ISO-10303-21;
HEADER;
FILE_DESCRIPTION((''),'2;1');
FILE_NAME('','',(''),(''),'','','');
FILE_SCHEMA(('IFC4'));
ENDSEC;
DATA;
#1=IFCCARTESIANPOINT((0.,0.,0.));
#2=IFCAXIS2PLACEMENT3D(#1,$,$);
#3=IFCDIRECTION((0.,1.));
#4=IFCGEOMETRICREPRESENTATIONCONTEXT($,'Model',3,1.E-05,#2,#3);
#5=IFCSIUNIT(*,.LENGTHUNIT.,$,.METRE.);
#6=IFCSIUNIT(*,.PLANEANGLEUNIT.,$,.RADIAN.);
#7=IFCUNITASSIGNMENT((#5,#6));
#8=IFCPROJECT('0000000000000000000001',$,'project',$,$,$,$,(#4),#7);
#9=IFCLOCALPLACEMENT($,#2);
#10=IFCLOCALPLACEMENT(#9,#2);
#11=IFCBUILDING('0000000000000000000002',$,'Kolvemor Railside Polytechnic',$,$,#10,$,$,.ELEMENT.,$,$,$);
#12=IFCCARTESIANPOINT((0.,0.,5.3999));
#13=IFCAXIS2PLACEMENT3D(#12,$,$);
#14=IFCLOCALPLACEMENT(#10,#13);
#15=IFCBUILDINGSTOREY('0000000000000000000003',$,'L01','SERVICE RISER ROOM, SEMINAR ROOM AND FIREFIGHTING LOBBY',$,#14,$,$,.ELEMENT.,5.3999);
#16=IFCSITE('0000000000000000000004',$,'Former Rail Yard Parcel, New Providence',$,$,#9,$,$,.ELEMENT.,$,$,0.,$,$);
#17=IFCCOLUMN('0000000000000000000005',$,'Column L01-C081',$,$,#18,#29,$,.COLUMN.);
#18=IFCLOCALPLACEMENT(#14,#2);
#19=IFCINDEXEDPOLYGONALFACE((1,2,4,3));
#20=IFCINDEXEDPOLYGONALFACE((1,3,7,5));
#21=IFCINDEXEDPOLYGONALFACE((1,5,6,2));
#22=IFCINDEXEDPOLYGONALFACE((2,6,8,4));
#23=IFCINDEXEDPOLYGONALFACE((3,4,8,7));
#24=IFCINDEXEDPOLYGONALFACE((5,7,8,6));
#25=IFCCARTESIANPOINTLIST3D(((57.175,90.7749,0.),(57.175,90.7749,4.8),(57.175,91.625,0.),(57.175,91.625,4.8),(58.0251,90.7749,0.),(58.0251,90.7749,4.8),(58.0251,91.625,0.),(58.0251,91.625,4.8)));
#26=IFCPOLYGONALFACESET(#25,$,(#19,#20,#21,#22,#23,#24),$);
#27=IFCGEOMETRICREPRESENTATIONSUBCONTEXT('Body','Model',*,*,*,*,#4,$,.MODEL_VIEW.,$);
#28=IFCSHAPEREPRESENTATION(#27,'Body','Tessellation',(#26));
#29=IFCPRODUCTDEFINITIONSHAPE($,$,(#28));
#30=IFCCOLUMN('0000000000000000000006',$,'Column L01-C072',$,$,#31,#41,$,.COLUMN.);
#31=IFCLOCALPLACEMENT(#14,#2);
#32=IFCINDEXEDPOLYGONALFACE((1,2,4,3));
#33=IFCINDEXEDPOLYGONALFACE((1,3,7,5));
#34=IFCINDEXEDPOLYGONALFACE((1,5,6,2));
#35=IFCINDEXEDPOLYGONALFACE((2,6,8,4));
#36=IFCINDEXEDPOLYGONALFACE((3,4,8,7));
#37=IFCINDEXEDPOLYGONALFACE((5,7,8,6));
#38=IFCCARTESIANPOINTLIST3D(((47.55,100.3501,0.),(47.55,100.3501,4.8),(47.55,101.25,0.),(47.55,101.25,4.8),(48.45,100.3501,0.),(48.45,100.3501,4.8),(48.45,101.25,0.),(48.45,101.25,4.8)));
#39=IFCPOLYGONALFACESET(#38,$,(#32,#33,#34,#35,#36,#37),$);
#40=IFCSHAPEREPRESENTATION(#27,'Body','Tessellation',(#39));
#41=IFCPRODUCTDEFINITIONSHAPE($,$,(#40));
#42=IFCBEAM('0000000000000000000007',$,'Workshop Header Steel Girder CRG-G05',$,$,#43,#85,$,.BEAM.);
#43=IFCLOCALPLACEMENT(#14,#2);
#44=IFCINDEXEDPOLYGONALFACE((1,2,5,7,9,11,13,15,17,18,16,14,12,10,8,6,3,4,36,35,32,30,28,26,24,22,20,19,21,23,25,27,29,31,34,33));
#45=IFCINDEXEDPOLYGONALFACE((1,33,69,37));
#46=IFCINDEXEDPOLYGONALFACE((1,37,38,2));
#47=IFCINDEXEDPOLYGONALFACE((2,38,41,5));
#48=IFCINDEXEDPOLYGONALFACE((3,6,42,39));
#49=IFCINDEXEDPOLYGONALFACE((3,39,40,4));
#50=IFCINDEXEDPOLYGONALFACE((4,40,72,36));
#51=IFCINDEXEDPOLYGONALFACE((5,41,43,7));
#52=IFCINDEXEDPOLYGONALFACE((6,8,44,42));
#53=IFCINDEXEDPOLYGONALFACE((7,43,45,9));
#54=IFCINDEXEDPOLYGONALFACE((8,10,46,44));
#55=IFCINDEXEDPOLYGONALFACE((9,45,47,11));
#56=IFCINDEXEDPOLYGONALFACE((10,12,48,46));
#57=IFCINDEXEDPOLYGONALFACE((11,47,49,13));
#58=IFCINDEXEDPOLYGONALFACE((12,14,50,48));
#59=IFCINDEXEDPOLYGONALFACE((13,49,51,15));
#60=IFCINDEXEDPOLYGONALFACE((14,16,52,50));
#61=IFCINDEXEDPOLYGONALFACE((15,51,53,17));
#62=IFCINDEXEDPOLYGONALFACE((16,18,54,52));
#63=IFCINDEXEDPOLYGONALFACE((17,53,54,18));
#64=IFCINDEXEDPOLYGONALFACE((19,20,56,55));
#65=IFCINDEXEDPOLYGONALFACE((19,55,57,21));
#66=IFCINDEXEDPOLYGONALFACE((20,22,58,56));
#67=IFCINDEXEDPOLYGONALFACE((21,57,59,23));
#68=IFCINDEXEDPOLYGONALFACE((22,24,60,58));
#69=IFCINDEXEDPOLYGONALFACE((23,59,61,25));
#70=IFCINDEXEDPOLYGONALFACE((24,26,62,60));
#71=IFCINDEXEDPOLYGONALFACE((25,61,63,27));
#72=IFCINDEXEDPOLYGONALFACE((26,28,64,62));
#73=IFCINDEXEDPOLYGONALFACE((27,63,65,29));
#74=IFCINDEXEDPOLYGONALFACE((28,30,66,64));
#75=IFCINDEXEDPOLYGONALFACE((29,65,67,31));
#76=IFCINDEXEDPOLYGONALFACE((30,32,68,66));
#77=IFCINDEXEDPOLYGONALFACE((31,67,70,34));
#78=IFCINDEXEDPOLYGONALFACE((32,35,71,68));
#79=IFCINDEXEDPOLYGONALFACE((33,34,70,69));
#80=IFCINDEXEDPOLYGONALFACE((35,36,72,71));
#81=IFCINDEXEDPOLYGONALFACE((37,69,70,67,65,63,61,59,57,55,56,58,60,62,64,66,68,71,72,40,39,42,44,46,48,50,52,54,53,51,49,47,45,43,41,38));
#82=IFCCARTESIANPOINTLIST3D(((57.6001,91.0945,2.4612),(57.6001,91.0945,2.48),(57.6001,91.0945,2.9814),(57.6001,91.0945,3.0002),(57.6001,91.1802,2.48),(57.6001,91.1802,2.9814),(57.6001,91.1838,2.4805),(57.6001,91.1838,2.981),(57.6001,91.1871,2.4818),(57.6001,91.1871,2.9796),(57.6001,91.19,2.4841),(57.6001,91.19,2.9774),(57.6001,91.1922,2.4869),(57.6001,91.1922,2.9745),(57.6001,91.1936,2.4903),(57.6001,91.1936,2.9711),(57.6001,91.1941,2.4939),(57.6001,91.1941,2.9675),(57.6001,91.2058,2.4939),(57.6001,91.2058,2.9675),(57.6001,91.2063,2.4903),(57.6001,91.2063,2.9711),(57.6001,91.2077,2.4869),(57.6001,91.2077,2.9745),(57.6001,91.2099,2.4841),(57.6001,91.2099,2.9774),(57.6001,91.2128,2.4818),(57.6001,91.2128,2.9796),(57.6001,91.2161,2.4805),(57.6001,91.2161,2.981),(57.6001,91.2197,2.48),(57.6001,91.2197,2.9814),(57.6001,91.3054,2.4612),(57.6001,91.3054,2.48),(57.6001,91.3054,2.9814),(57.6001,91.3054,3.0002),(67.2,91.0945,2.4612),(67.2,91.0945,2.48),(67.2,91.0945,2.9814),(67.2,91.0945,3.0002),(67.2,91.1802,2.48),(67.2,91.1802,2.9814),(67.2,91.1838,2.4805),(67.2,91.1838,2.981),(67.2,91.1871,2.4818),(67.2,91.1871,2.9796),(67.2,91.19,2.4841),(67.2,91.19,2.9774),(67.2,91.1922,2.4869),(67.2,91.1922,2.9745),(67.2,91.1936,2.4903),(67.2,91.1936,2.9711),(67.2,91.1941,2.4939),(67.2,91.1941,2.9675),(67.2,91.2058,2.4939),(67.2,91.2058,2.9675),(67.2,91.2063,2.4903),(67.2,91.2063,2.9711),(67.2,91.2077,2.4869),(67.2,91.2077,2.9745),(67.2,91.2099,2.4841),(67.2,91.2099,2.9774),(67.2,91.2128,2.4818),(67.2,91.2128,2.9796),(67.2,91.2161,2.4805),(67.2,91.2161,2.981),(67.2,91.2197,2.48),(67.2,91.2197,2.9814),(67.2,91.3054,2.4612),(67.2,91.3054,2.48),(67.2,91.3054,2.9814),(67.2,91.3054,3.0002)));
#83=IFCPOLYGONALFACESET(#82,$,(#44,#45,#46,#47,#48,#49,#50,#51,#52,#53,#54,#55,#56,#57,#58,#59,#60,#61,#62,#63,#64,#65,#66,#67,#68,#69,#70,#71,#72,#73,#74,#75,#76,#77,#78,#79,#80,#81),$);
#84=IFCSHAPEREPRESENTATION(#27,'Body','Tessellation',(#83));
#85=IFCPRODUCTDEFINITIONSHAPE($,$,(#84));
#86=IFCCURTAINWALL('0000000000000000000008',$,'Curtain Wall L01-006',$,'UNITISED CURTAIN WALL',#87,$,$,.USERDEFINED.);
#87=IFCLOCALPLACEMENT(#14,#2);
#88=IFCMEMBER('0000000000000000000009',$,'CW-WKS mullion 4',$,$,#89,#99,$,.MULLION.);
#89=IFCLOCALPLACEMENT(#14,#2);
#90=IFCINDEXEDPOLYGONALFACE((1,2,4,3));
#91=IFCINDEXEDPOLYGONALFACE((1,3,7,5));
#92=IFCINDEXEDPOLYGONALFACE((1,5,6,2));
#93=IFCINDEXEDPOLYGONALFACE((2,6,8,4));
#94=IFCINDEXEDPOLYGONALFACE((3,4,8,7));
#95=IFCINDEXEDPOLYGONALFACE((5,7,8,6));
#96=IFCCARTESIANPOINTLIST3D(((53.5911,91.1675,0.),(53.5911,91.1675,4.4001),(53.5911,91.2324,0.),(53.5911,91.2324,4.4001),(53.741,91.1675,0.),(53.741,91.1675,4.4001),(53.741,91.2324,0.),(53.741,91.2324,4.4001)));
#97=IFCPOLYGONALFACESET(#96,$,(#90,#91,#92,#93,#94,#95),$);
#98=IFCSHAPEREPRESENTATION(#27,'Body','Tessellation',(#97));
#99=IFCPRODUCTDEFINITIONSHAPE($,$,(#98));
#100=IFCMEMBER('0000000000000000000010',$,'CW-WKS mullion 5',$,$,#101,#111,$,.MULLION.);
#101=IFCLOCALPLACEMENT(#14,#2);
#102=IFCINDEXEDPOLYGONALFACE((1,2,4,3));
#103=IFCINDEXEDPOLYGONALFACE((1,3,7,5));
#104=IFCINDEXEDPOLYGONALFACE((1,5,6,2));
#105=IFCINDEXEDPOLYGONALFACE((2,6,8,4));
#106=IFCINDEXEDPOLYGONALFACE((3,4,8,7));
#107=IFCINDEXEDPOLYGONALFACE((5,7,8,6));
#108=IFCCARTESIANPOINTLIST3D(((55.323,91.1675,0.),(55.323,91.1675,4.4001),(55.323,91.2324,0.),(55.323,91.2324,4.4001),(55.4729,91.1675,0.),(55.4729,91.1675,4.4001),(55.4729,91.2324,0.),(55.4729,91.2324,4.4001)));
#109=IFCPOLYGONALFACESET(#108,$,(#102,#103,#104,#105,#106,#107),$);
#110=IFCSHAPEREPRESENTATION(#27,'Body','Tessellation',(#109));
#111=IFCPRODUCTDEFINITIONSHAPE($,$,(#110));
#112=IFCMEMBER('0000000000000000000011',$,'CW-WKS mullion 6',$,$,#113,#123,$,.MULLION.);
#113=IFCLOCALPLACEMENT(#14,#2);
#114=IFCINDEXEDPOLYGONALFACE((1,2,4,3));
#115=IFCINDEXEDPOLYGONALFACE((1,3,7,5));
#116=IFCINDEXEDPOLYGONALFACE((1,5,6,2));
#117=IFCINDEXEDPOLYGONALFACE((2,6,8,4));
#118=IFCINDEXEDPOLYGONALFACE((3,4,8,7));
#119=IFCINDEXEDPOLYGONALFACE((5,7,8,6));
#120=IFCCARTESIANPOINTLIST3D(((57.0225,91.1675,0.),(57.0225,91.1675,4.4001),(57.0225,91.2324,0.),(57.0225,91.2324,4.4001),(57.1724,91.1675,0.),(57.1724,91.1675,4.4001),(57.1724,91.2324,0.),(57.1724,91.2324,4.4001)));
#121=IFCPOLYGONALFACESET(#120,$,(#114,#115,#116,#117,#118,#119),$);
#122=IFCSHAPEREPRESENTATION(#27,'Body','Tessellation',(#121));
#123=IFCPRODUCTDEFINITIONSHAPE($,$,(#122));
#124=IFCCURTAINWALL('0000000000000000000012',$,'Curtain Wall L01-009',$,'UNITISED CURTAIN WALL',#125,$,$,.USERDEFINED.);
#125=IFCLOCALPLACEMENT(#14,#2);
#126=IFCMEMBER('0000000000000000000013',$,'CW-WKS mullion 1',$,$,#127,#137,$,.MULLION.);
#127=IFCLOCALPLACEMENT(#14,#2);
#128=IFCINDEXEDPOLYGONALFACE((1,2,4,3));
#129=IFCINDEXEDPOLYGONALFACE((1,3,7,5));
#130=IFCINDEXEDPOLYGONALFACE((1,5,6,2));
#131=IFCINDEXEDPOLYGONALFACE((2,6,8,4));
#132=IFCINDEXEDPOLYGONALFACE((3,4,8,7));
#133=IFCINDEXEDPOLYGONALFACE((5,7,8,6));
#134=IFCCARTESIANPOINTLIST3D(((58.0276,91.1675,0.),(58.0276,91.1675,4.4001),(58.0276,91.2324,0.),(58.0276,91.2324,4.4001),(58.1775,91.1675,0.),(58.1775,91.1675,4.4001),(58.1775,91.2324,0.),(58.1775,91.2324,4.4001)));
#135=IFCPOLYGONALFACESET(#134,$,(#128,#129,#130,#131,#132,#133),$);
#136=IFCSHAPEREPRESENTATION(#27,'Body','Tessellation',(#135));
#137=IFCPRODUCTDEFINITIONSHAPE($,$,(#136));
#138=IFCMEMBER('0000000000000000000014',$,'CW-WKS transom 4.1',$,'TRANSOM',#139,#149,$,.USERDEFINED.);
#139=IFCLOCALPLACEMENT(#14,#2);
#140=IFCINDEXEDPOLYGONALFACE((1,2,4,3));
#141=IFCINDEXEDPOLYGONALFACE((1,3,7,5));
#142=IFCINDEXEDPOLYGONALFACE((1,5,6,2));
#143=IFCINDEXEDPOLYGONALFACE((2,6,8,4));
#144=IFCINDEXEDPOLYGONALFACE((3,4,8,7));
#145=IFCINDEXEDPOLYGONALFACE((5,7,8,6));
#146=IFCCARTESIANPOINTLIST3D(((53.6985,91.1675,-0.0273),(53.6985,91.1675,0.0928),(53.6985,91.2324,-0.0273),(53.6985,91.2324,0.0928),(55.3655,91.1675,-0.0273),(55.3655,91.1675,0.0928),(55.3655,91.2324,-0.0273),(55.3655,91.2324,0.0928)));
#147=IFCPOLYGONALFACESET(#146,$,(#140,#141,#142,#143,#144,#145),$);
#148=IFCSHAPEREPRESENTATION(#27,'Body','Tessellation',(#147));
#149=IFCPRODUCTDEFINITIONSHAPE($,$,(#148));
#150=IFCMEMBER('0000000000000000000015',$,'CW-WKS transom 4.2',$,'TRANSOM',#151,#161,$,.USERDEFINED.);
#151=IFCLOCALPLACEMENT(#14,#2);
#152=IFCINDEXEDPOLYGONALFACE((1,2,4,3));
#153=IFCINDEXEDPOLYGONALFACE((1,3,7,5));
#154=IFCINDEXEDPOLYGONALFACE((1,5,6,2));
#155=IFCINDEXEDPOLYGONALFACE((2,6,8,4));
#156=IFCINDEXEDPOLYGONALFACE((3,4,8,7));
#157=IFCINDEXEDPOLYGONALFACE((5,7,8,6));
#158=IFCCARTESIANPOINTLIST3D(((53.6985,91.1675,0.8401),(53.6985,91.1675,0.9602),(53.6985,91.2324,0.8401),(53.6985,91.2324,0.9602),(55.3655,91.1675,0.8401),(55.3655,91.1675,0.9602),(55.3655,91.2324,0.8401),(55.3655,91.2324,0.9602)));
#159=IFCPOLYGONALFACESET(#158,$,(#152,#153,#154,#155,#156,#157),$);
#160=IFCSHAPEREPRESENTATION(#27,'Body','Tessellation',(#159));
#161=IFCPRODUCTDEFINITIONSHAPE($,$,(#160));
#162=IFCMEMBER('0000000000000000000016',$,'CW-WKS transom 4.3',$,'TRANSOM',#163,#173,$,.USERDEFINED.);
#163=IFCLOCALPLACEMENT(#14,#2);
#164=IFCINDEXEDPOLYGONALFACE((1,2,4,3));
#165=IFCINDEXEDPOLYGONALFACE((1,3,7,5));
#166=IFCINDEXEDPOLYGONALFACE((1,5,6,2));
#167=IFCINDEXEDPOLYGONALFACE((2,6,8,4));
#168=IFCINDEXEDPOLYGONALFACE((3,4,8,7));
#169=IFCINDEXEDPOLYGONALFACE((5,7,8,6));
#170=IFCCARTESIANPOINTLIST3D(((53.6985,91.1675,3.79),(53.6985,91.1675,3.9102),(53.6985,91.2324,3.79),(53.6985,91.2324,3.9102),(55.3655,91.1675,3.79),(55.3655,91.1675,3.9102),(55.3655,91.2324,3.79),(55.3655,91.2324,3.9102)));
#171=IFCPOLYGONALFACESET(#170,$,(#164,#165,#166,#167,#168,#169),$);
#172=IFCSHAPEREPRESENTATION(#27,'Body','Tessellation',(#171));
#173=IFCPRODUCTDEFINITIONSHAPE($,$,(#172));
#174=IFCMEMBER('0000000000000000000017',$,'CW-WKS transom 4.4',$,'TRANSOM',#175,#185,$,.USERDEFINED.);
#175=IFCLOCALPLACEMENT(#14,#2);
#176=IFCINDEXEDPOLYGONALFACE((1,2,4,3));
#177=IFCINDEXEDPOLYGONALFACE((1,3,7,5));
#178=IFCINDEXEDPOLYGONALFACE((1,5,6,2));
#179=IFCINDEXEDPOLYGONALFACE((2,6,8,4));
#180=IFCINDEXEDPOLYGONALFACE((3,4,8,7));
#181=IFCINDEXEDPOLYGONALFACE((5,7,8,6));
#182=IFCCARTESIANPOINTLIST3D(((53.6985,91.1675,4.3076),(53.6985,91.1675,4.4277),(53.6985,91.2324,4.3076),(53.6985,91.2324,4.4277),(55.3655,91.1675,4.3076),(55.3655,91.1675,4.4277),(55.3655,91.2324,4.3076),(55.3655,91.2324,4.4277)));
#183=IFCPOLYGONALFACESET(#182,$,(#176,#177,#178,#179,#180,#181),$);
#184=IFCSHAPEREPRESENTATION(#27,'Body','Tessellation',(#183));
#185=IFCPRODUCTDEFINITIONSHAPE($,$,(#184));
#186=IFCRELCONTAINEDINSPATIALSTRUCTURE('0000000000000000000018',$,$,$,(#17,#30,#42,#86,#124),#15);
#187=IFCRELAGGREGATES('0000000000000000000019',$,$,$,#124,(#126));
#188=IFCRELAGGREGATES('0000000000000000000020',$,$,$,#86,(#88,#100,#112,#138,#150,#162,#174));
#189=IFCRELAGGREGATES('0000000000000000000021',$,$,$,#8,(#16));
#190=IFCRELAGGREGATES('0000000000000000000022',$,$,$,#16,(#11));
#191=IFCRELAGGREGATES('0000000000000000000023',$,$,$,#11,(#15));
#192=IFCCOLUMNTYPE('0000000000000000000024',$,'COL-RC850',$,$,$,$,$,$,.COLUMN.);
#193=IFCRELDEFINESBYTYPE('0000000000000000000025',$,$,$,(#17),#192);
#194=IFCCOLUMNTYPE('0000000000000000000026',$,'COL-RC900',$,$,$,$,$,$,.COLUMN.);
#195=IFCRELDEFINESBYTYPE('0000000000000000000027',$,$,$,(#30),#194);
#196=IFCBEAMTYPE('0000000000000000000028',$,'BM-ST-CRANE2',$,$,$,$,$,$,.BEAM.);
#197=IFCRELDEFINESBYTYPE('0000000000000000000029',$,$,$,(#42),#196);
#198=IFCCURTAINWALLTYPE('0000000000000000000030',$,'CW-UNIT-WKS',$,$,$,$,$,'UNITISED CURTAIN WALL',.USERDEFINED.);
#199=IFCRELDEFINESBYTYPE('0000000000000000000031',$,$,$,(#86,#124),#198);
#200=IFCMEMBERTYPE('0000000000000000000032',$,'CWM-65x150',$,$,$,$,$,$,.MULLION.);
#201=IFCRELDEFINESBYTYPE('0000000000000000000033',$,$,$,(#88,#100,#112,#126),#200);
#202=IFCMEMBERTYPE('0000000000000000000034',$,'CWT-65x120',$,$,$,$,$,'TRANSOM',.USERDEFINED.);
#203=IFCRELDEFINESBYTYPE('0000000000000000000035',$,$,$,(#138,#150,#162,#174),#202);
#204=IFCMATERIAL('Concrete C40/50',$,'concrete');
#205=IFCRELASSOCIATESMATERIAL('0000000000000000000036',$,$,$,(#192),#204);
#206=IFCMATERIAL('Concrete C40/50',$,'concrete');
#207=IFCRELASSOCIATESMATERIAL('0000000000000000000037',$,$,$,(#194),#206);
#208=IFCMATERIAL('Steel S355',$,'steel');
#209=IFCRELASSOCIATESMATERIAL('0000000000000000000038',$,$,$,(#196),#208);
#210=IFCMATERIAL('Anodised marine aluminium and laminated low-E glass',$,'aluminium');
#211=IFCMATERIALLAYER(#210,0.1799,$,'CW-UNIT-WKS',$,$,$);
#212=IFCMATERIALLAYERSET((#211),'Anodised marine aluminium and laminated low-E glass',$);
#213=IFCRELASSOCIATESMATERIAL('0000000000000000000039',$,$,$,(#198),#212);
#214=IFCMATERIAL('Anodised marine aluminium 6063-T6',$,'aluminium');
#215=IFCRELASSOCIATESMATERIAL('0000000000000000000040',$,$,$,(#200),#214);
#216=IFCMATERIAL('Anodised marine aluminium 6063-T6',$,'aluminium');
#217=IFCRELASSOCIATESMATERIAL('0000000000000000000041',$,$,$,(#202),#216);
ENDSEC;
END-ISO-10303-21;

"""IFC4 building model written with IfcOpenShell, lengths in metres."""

from ifc_helpers import new_model, si_unit, direction, frame, origin, origin_2d, place, context, subcontext, project, spatial, rectangle, i_section, extrude, material, layer, layer_set, material_profile, profile_set, type_object, element, aggregate, save


model = new_model("IFC4")

# Units and contexts
model_context = context("Model", 3, precision=1e-05, world=origin(), true_north=direction((0.0, 1.0)))
body_context = subcontext(model_context, "Body", "Model", "MODEL_VIEW")
ifc_project = project(units=[si_unit("LENGTHUNIT", "METRE"), si_unit("PLANEANGLEUNIT", "RADIAN")], contexts=[model_context])

# Site, building, storey
site_placement = place(None, origin())
site = spatial("IfcSite", under=ifc_project, at=site_placement, Name="Former Rail Yard Parcel, New Providence", CompositionType="ELEMENT", RefElevation=0.0)
building_placement = place(site_placement, origin())
building = spatial("IfcBuilding", under=site, at=building_placement, Name="Kolvemor Railside Polytechnic", CompositionType="ELEMENT")
storey_placement = place(building_placement, frame((0.0, 0.0, 5.3999)))
storey = spatial("IfcBuildingStorey", under=building, at=storey_placement, Name="L01", Description="SERVICE RISER ROOM, SEMINAR ROOM AND FIREFIGHTING LOBBY", CompositionType="ELEMENT", Elevation=5.3999)

# Columns
ifc_material_1 = material(Name="Concrete C40/50", Category="concrete")
ifc_material_profile_1 = material_profile(ifc_material_1, rectangle(XDim=0.8501, YDim=0.8501, at=origin_2d()), Name="RC850x850")
ifc_profile_set_1 = profile_set([ifc_material_profile_1], Name="Concrete C40/50")
column_type_1 = type_object("IfcColumnType", Name="COL-RC850", PredefinedType="COLUMN", material=ifc_profile_set_1)
column_1_placement = place(storey_placement, frame((57.6001, 91.2, 0.0), z_axis=(0.0, 0.0, 1.0), x_axis=(1.0, 0.0, 0.0)))
element("IfcColumn", 1, at=column_1_placement, inside=storey, type_object=column_type_1, Name="Column L01-C081", PredefinedType="COLUMN", context=body_context, shape_type="SweptSolid", body=[
    extrude(rectangle(XDim=0.8501, YDim=0.8501, at=origin_2d()), origin(), (0.0, 0.0, 1.0), 4.8),
])
ifc_material_2 = material(Name="Concrete C40/50", Category="concrete")
ifc_material_profile_2 = material_profile(ifc_material_2, rectangle(XDim=0.8999, YDim=0.8999, at=origin_2d()), Name="RC900x900")
ifc_profile_set_2 = profile_set([ifc_material_profile_2], Name="Concrete C40/50")
column_type_2 = type_object("IfcColumnType", Name="COL-RC900", PredefinedType="COLUMN", material=ifc_profile_set_2)
column_2_placement = place(storey_placement, frame((48.0, 100.8, 0.0), z_axis=(0.0, 0.0, 1.0), x_axis=(1.0, 0.0, 0.0)))
element("IfcColumn", 2, at=column_2_placement, inside=storey, type_object=column_type_2, Name="Column L01-C072", PredefinedType="COLUMN", context=body_context, shape_type="SweptSolid", body=[
    extrude(rectangle(XDim=0.8999, YDim=0.8999, at=origin_2d()), origin(), (0.0, 0.0, 1.0), 4.8),
])

# Beam
ifc_material_3 = material(Name="Steel S355", Category="steel")
ifc_material_profile_3 = material_profile(ifc_material_3, i_section(OverallWidth=0.2109, OverallDepth=0.5391, WebThickness=0.0117, FlangeThickness=0.0188, FilletRadius=0.0139, at=origin_2d()), Name="W530x109")
ifc_profile_set_3 = profile_set([ifc_material_profile_3], Name="Steel S355")
beam_type = type_object("IfcBeamType", Name="BM-ST-CRANE2", PredefinedType="BEAM", material=ifc_profile_set_3)
beam_placement = place(storey_placement, frame((57.6001, 91.2, 2.7307), z_axis=(1.0, 0.0, 0.0), x_axis=(0.0, 1.0, 0.0)))
element("IfcBeam", 3, at=beam_placement, inside=storey, type_object=beam_type, Name="Workshop Header Steel Girder CRG-G05", PredefinedType="BEAM", context=body_context, shape_type="SweptSolid", body=[
    extrude(i_section(OverallWidth=0.2109, OverallDepth=0.5391, WebThickness=0.0117, FlangeThickness=0.0188, FilletRadius=0.0139, at=origin_2d()), origin(), (0.0, 0.0, 1.0), 9.5999),
])

# Curtain wall, members
ifc_material_4 = material(Name="Anodised marine aluminium and laminated low-E glass", Category="aluminium")
ifc_layer_1 = layer(ifc_material_4, 0.1799, Name="CW-UNIT-WKS")
ifc_layer_set_1 = layer_set([ifc_layer_1], Name="Anodised marine aluminium and laminated low-E glass")
curtain_wall_type = type_object("IfcCurtainWallType", Name="CW-UNIT-WKS", ElementType="UNITISED CURTAIN WALL", PredefinedType="USERDEFINED", material=ifc_layer_set_1)
curtain_wall_1_placement = place(storey_placement, origin())
curtain_wall_1 = element("IfcCurtainWall", 4, at=curtain_wall_1_placement, inside=storey, type_object=curtain_wall_type, Name="Curtain Wall L01-006", ObjectType="UNITISED CURTAIN WALL", PredefinedType="USERDEFINED")
ifc_material_5 = material(Name="Anodised marine aluminium 6063-T6", Category="aluminium")
ifc_material_profile_4 = material_profile(ifc_material_5, rectangle(XDim=0.0649, YDim=0.1499, at=origin_2d()), Name="CW-MUL-65x150")
ifc_profile_set_4 = profile_set([ifc_material_profile_4], Name="Anodised marine aluminium 6063-T6")
member_type_1 = type_object("IfcMemberType", Name="CWM-65x150", PredefinedType="MULLION", material=ifc_profile_set_4)
member_1_placement = place(storey_placement, frame((53.666, 91.2, 0.0), z_axis=(0.0, 0.0, 1.0), x_axis=(0.0, 1.0, 0.0)))
member_1 = element("IfcMember", 5, at=member_1_placement, type_object=member_type_1, Name="CW-WKS mullion 4", PredefinedType="MULLION", context=body_context, shape_type="SweptSolid", body=[
    extrude(rectangle(XDim=0.0649, YDim=0.1499, at=origin_2d()), origin(), (0.0, 0.0, 1.0), 4.4001),
])
member_2_placement = place(storey_placement, frame((55.3979, 91.2, 0.0), z_axis=(0.0, 0.0, 1.0), x_axis=(0.0, 1.0, 0.0)))
member_2 = element("IfcMember", 6, at=member_2_placement, type_object=member_type_1, Name="CW-WKS mullion 5", PredefinedType="MULLION", context=body_context, shape_type="SweptSolid", body=[
    extrude(rectangle(XDim=0.0649, YDim=0.1499, at=origin_2d()), origin(), (0.0, 0.0, 1.0), 4.4001),
])
member_3_placement = place(storey_placement, frame((57.0974, 91.2, 0.0), z_axis=(0.0, 0.0, 1.0), x_axis=(0.0, 1.0, 0.0)))
member_3 = element("IfcMember", 7, at=member_3_placement, type_object=member_type_1, Name="CW-WKS mullion 6", PredefinedType="MULLION", context=body_context, shape_type="SweptSolid", body=[
    extrude(rectangle(XDim=0.0649, YDim=0.1499, at=origin_2d()), origin(), (0.0, 0.0, 1.0), 4.4001),
])

# Curtain wall, member
curtain_wall_2_placement = place(storey_placement, origin())
curtain_wall_2 = element("IfcCurtainWall", 8, at=curtain_wall_2_placement, inside=storey, type_object=curtain_wall_type, Name="Curtain Wall L01-009", ObjectType="UNITISED CURTAIN WALL", PredefinedType="USERDEFINED")
member_4_placement = place(storey_placement, frame((58.1025, 91.2, 0.0), z_axis=(0.0, 0.0, 1.0), x_axis=(0.0, 1.0, 0.0)))
member_4 = element("IfcMember", 9, at=member_4_placement, type_object=member_type_1, Name="CW-WKS mullion 1", PredefinedType="MULLION", context=body_context, shape_type="SweptSolid", body=[
    extrude(rectangle(XDim=0.0649, YDim=0.1499, at=origin_2d()), origin(), (0.0, 0.0, 1.0), 4.4001),
])
aggregate(curtain_wall_2, [member_4])

# Members
ifc_material_6 = material(Name="Anodised marine aluminium 6063-T6", Category="aluminium")
ifc_material_profile_5 = material_profile(ifc_material_6, rectangle(XDim=0.0649, YDim=0.1201, at=origin_2d()), Name="CW-TRN-65x120")
ifc_profile_set_5 = profile_set([ifc_material_profile_5], Name="Anodised marine aluminium 6063-T6")
member_type_2 = type_object("IfcMemberType", Name="CWT-65x120", ElementType="TRANSOM", PredefinedType="USERDEFINED", material=ifc_profile_set_5)
member_5_placement = place(storey_placement, frame((53.6985, 91.2, 0.0327), z_axis=(1.0, 0.0, 0.0), x_axis=(0.0, 1.0, 0.0)))
member_5 = element("IfcMember", 10, at=member_5_placement, type_object=member_type_2, Name="CW-WKS transom 4.1", ObjectType="TRANSOM", PredefinedType="USERDEFINED", context=body_context, shape_type="SweptSolid", body=[
    extrude(rectangle(XDim=0.0649, YDim=0.1201, at=origin_2d()), origin(), (0.0, 0.0, 1.0), 1.667),
])
member_6_placement = place(storey_placement, frame((53.6985, 91.2, 0.9001), z_axis=(1.0, 0.0, 0.0), x_axis=(0.0, 1.0, 0.0)))
member_6 = element("IfcMember", 11, at=member_6_placement, type_object=member_type_2, Name="CW-WKS transom 4.2", ObjectType="TRANSOM", PredefinedType="USERDEFINED", context=body_context, shape_type="SweptSolid", body=[
    extrude(rectangle(XDim=0.0649, YDim=0.1201, at=origin_2d()), origin(), (0.0, 0.0, 1.0), 1.667),
])
member_7_placement = place(storey_placement, frame((53.6985, 91.2, 3.8501), z_axis=(1.0, 0.0, 0.0), x_axis=(0.0, 1.0, 0.0)))
member_7 = element("IfcMember", 12, at=member_7_placement, type_object=member_type_2, Name="CW-WKS transom 4.3", ObjectType="TRANSOM", PredefinedType="USERDEFINED", context=body_context, shape_type="SweptSolid", body=[
    extrude(rectangle(XDim=0.0649, YDim=0.1201, at=origin_2d()), origin(), (0.0, 0.0, 1.0), 1.667),
])
member_8_placement = place(storey_placement, frame((53.6985, 91.2, 4.3677), z_axis=(1.0, 0.0, 0.0), x_axis=(0.0, 1.0, 0.0)))
member_8 = element("IfcMember", 13, at=member_8_placement, type_object=member_type_2, Name="CW-WKS transom 4.4", ObjectType="TRANSOM", PredefinedType="USERDEFINED", context=body_context, shape_type="SweptSolid", body=[
    extrude(rectangle(XDim=0.0649, YDim=0.1201, at=origin_2d()), origin(), (0.0, 0.0, 1.0), 1.667),
])

aggregate(curtain_wall_1, [member_1, member_2, member_3, member_5, member_6, member_7, member_8])

save(model, "model.ifc")
